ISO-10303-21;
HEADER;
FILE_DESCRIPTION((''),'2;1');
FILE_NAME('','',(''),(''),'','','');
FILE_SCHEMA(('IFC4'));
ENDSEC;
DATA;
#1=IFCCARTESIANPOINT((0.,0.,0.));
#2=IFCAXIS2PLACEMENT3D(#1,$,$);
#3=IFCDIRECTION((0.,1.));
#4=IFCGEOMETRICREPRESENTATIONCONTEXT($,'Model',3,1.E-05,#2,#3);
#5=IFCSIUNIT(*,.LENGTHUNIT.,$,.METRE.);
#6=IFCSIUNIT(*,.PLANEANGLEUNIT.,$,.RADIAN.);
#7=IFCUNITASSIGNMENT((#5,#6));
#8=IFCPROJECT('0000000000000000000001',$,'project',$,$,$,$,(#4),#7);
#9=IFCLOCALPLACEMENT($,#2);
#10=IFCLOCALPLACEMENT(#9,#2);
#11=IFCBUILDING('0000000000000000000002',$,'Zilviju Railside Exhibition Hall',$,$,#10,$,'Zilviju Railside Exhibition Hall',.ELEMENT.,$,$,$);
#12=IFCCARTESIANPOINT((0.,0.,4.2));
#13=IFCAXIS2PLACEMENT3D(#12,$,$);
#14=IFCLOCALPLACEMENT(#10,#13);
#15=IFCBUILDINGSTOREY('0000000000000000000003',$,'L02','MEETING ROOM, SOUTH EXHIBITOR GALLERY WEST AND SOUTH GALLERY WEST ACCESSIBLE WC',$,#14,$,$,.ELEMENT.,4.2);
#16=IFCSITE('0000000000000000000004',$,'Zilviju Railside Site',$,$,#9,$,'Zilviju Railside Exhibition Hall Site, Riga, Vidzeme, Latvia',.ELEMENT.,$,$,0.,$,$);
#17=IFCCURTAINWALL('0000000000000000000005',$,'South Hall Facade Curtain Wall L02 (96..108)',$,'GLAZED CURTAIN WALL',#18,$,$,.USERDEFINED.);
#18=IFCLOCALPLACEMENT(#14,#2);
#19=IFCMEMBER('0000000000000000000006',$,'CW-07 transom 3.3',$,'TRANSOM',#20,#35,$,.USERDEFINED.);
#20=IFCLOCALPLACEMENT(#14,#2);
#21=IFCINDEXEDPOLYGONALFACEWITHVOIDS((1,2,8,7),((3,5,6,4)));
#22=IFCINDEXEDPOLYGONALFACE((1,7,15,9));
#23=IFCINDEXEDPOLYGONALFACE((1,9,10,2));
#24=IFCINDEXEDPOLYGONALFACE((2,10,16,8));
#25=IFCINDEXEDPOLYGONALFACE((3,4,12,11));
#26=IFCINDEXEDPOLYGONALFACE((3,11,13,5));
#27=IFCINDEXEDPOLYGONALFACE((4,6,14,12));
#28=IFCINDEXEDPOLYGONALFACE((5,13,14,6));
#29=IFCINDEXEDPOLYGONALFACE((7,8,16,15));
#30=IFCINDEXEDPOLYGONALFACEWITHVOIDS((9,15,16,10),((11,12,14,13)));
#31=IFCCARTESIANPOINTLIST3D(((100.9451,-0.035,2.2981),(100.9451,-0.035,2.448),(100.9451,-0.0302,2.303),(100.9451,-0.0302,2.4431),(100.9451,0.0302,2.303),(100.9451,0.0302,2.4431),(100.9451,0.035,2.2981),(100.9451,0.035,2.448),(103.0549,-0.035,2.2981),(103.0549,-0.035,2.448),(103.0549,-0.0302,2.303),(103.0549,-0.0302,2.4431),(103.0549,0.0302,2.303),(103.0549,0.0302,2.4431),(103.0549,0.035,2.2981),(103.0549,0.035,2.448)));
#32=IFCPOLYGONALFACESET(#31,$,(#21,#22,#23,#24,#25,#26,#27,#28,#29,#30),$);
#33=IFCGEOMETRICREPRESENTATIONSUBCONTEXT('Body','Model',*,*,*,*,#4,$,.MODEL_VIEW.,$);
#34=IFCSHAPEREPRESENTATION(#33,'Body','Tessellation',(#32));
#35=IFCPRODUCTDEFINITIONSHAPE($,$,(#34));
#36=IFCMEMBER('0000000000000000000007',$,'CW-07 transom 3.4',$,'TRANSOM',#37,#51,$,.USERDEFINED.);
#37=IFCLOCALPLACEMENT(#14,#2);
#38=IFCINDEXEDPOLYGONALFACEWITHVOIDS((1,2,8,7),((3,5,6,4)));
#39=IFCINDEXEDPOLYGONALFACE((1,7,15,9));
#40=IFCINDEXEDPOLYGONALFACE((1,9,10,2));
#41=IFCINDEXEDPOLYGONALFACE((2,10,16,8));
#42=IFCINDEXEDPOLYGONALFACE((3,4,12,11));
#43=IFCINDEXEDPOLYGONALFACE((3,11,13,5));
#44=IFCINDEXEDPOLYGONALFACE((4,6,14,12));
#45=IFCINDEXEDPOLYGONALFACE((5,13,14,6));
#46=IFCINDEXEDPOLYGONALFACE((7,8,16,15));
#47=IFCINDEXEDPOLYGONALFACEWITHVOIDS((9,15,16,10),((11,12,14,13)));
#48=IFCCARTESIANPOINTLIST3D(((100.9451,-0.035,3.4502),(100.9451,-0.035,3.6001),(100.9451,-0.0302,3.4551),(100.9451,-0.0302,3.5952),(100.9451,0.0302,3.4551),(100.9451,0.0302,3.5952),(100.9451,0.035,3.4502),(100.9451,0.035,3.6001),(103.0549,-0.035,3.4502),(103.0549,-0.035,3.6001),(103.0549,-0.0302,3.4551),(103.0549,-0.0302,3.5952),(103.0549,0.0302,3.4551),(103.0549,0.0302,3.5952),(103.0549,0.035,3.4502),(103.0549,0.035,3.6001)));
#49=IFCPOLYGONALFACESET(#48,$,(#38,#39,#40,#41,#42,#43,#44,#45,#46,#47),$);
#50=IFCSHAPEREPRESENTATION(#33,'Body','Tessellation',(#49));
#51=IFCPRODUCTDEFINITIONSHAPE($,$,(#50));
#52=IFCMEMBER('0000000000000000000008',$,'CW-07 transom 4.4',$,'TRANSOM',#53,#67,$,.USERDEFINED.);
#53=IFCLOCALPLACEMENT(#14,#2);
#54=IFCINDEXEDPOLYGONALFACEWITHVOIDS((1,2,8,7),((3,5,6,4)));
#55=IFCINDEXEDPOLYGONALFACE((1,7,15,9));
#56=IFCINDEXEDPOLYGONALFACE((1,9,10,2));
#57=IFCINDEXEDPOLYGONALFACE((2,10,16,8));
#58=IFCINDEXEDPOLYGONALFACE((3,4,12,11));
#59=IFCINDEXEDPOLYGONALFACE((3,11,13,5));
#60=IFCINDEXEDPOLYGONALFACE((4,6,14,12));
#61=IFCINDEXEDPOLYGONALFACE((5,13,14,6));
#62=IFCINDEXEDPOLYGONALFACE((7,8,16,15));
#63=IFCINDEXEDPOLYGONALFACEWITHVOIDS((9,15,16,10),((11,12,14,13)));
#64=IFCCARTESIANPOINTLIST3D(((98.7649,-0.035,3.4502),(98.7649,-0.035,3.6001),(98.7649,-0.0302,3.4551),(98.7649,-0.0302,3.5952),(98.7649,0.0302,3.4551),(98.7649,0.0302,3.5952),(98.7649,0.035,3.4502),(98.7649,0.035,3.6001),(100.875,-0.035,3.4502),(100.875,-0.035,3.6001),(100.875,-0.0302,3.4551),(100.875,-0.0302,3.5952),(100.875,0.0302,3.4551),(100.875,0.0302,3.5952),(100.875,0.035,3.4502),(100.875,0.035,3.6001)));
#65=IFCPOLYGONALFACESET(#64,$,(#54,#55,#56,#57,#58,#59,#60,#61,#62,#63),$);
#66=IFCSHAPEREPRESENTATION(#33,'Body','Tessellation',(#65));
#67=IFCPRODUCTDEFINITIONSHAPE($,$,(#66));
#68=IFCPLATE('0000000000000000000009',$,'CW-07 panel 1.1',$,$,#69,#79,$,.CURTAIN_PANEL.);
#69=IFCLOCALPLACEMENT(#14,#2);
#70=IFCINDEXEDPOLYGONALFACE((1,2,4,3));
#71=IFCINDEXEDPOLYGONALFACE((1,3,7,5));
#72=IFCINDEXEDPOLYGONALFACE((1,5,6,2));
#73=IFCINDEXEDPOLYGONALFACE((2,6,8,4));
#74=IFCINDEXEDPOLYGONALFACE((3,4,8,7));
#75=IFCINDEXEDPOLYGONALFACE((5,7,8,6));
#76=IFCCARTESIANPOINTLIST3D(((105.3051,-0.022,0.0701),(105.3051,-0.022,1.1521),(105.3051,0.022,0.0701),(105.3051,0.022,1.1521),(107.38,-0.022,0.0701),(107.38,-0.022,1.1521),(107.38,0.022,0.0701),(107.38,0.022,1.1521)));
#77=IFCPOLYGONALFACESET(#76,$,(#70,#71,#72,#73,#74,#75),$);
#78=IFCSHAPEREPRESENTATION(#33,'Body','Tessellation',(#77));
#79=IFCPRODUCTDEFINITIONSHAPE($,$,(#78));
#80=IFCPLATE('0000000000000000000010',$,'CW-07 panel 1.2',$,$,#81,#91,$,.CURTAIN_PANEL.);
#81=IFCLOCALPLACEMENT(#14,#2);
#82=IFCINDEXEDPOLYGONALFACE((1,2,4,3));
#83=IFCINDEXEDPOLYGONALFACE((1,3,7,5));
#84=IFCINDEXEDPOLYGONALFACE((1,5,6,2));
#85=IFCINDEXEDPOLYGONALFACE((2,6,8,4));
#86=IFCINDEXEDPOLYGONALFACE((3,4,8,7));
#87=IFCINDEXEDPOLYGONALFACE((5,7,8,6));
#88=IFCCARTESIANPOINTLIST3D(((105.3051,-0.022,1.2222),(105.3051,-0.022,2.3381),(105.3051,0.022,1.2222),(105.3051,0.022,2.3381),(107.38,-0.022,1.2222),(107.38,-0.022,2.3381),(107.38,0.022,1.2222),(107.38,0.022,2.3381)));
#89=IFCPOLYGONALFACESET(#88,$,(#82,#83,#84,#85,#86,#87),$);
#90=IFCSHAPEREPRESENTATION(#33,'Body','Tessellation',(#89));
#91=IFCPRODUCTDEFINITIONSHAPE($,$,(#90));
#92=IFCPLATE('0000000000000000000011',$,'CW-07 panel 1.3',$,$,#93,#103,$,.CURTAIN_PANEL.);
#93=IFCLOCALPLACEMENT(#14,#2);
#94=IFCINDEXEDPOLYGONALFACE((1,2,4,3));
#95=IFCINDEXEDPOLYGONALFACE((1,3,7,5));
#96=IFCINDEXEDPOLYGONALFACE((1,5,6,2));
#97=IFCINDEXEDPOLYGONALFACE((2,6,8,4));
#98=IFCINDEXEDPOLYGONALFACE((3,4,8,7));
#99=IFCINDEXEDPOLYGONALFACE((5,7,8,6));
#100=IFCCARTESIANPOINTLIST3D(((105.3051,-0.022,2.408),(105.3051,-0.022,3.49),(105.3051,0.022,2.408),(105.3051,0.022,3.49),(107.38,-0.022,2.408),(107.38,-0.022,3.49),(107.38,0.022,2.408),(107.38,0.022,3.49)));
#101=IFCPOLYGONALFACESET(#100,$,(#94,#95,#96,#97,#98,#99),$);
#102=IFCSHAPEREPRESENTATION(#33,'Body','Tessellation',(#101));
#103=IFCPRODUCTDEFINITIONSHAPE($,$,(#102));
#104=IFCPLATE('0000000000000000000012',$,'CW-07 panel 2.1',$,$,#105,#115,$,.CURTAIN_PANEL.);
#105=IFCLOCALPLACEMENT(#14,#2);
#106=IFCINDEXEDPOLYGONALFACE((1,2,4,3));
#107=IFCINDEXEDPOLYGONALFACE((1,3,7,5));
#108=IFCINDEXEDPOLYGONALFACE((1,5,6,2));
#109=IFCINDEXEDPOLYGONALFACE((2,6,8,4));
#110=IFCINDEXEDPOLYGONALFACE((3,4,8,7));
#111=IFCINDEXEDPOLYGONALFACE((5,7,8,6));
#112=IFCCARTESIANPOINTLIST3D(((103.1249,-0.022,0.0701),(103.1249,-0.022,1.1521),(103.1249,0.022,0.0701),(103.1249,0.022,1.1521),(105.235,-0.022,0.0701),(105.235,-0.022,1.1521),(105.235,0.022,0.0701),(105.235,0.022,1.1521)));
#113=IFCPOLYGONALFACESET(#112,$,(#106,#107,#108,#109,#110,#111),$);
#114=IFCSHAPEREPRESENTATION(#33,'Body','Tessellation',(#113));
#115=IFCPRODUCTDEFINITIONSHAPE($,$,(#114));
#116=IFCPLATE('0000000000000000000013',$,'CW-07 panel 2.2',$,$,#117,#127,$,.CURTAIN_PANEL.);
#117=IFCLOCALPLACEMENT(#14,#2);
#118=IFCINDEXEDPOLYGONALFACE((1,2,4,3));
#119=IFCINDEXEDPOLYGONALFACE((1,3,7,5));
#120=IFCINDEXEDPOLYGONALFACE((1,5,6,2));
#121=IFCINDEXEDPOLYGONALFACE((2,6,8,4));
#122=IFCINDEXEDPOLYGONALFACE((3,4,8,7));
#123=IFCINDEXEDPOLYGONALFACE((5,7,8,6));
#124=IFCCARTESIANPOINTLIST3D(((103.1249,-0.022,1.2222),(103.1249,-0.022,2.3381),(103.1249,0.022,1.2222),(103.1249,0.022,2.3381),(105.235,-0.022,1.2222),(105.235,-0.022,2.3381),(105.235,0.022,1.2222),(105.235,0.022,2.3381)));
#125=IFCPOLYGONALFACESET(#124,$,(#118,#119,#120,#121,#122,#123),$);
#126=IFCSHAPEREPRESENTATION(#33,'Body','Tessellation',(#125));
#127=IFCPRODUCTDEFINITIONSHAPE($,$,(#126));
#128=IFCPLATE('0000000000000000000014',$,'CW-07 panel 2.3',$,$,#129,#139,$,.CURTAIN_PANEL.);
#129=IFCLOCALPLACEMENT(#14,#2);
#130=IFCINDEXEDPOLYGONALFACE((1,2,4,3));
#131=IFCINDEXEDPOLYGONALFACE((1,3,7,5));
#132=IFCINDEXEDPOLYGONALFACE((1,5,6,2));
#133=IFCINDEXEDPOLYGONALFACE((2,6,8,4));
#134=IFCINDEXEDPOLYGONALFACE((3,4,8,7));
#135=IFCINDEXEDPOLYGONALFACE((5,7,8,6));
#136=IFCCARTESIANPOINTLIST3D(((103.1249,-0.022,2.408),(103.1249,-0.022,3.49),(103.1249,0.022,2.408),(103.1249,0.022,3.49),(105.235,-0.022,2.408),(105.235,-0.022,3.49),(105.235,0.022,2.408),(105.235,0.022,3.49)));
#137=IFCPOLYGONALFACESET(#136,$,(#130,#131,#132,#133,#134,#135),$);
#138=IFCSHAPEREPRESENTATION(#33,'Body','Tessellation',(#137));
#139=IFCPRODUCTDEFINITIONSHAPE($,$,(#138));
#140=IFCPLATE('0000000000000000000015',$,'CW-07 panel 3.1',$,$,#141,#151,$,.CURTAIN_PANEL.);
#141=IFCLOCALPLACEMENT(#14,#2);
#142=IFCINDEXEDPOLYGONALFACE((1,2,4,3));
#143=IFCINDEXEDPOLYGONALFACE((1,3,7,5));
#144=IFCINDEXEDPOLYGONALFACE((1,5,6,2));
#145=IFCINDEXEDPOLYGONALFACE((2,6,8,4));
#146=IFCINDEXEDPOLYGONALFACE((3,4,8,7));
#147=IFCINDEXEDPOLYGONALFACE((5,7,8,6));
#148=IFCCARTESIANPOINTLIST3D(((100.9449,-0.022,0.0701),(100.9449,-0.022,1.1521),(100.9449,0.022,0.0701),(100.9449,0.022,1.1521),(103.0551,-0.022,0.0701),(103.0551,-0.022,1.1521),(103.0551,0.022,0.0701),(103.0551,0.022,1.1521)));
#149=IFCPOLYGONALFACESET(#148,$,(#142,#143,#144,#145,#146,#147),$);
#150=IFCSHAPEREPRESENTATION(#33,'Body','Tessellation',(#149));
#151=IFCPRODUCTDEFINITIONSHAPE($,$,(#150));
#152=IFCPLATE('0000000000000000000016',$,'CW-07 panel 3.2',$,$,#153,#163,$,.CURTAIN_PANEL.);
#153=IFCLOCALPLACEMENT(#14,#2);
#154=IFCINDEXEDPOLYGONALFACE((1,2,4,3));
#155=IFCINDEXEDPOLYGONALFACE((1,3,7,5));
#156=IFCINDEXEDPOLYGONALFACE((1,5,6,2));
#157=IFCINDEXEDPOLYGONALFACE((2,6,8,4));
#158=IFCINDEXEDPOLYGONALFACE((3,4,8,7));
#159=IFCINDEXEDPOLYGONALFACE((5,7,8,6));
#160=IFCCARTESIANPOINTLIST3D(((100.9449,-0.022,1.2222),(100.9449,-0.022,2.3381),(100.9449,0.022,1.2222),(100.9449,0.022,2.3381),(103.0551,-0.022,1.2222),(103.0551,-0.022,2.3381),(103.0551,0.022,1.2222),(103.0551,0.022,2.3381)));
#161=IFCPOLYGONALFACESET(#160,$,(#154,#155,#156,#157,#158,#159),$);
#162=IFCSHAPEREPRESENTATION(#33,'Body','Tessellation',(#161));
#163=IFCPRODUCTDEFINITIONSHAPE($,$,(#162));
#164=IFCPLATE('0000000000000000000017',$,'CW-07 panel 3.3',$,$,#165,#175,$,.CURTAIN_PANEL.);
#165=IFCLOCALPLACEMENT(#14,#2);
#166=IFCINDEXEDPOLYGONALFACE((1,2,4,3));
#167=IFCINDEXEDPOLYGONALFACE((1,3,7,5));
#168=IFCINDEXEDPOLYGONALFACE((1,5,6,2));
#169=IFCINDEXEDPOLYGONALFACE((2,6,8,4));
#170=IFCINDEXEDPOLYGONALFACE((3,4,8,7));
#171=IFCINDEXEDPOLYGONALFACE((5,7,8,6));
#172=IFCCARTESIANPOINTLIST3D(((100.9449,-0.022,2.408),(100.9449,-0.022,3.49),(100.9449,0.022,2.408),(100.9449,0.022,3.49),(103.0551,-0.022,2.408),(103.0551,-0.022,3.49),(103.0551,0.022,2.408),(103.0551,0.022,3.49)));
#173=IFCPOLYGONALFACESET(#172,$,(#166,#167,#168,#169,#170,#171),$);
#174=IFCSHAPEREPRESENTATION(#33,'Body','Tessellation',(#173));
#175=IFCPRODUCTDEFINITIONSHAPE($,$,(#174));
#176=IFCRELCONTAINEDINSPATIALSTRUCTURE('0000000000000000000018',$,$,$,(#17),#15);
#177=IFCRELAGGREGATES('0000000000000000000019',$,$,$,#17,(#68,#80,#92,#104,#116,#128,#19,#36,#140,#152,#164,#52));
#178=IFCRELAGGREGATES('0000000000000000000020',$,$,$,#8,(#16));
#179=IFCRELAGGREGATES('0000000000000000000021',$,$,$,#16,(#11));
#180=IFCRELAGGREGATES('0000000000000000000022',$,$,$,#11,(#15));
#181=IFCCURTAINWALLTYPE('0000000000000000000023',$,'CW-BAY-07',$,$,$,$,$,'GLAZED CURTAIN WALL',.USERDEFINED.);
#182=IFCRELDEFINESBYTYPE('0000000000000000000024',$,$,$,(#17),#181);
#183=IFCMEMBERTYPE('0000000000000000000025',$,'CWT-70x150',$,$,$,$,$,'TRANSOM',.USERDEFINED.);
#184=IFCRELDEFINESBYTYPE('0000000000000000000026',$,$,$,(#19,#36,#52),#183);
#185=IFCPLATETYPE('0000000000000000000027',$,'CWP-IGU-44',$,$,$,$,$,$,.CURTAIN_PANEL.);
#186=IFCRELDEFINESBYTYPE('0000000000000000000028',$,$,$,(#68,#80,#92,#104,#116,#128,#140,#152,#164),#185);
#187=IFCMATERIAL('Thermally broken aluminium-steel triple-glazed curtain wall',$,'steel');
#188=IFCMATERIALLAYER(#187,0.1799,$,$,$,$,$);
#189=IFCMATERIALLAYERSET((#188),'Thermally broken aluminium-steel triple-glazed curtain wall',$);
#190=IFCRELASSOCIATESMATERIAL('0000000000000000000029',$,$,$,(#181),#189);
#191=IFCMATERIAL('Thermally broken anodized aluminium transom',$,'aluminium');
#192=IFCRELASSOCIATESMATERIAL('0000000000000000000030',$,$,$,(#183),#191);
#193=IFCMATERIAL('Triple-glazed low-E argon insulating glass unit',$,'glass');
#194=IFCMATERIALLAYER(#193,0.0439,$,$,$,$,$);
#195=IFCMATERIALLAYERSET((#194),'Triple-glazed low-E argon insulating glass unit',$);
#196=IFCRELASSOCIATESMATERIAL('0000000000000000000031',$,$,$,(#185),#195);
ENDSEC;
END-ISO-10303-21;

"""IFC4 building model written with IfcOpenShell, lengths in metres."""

from ifc_helpers import new_model, si_unit, direction, frame, origin, origin_2d, place, context, subcontext, project, spatial, rectangle, hollow_rectangle, extrude, material, layer, layer_set, material_profile, profile_set, type_object, element, aggregate, save


model = new_model("IFC4")

# Units and contexts
model_context = context("Model", 3, precision=1e-05, world=origin(), true_north=direction((0.0, 1.0)))
body_context = subcontext(model_context, "Body", "Model", "MODEL_VIEW")
ifc_project = project(units=[si_unit("LENGTHUNIT", "METRE"), si_unit("PLANEANGLEUNIT", "RADIAN")], contexts=[model_context])

# Site, building, storey
site_placement = place(None, origin())
site = spatial("IfcSite", under=ifc_project, at=site_placement, Name="Zilviju Railside Site", LongName="Zilviju Railside Exhibition Hall Site, Riga, Vidzeme, Latvia", CompositionType="ELEMENT", RefElevation=0.0)
building_placement = place(site_placement, origin())
building = spatial("IfcBuilding", under=site, at=building_placement, Name="Zilviju Railside Exhibition Hall", LongName="Zilviju Railside Exhibition Hall", CompositionType="ELEMENT")
storey_placement = place(building_placement, frame((0.0, 0.0, 4.2)))
storey = spatial("IfcBuildingStorey", under=building, at=storey_placement, Name="L02", Description="MEETING ROOM, SOUTH EXHIBITOR GALLERY WEST AND SOUTH GALLERY WEST ACCESSIBLE WC", CompositionType="ELEMENT", Elevation=4.2)

# Curtain wall, members, plates
ifc_material_1 = material(Name="Thermally broken aluminium-steel triple-glazed curtain wall", Category="steel")
ifc_layer_1 = layer(ifc_material_1, 0.1799)
ifc_layer_set_1 = layer_set([ifc_layer_1], Name="Thermally broken aluminium-steel triple-glazed curtain wall")
curtain_wall_type = type_object("IfcCurtainWallType", Name="CW-BAY-07", ElementType="GLAZED CURTAIN WALL", PredefinedType="USERDEFINED", material=ifc_layer_set_1)
curtain_wall_placement = place(storey_placement, origin())
curtain_wall = element("IfcCurtainWall", 1, at=curtain_wall_placement, inside=storey, type_object=curtain_wall_type, Name="South Hall Facade Curtain Wall L02 (96..108)", ObjectType="GLAZED CURTAIN WALL", PredefinedType="USERDEFINED")
ifc_material_2 = material(Name="Thermally broken anodized aluminium transom", Category="aluminium")
ifc_material_profile_1 = material_profile(ifc_material_2, hollow_rectangle(XDim=0.0701, YDim=0.1499, WallThickness=0.0049, at=origin_2d()), Name="TRANSOM 150x70x5")
ifc_profile_set_1 = profile_set([ifc_material_profile_1], Name="Thermally broken anodized aluminium transom")
member_type_1 = type_object("IfcMemberType", Name="CWT-70x150", ElementType="TRANSOM", PredefinedType="USERDEFINED", material=ifc_profile_set_1)
member_1_placement = place(storey_placement, frame((103.0549, 0.0, 2.373), z_axis=(-1.0, 0.0, 0.0), x_axis=(0.0, -1.0, 0.0)))
member_1 = element("IfcMember", 2, at=member_1_placement, type_object=member_type_1, Name="CW-07 transom 3.3", ObjectType="TRANSOM", PredefinedType="USERDEFINED", context=body_context, shape_type="SweptSolid", body=[
    extrude(hollow_rectangle(XDim=0.0701, YDim=0.1499, WallThickness=0.0049, at=origin_2d()), origin(), (0.0, 0.0, 1.0), 2.1099),
])
member_2_placement = place(storey_placement, frame((103.0549, 0.0, 3.5251), z_axis=(-1.0, 0.0, 0.0), x_axis=(0.0, -1.0, 0.0)))
member_2 = element("IfcMember", 3, at=member_2_placement, type_object=member_type_1, Name="CW-07 transom 3.4", ObjectType="TRANSOM", PredefinedType="USERDEFINED", context=body_context, shape_type="SweptSolid", body=[
    extrude(hollow_rectangle(XDim=0.0701, YDim=0.1499, WallThickness=0.0049, at=origin_2d()), origin(), (0.0, 0.0, 1.0), 2.1099),
])
member_3_placement = place(storey_placement, frame((100.875, 0.0, 3.5251), z_axis=(-1.0, 0.0, 0.0), x_axis=(0.0, -1.0, 0.0)))
member_3 = element("IfcMember", 4, at=member_3_placement, type_object=member_type_1, Name="CW-07 transom 4.4", ObjectType="TRANSOM", PredefinedType="USERDEFINED", context=body_context, shape_type="SweptSolid", body=[
    extrude(hollow_rectangle(XDim=0.0701, YDim=0.1499, WallThickness=0.0049, at=origin_2d()), origin(), (0.0, 0.0, 1.0), 2.1101),
])
ifc_material_3 = material(Name="Triple-glazed low-E argon insulating glass unit", Category="glass")
ifc_layer_2 = layer(ifc_material_3, 0.0439)
ifc_layer_set_2 = layer_set([ifc_layer_2], Name="Triple-glazed low-E argon insulating glass unit")
plate_type = type_object("IfcPlateType", Name="CWP-IGU-44", PredefinedType="CURTAIN_PANEL", material=ifc_layer_set_2)
plate_1_placement = place(storey_placement, frame((106.3425, 0.0, 0.0701), z_axis=(0.0, 0.0, 1.0), x_axis=(-1.0, 0.0, 0.0)))
plate_1 = element("IfcPlate", 5, at=plate_1_placement, type_object=plate_type, Name="CW-07 panel 1.1", PredefinedType="CURTAIN_PANEL", context=body_context, shape_type="SweptSolid", body=[
    extrude(rectangle(XDim=2.075, YDim=0.0439, at=origin_2d()), origin(), (0.0, 0.0, 1.0), 1.082),
])
plate_2_placement = place(storey_placement, frame((106.3425, 0.0, 1.2222), z_axis=(0.0, 0.0, 1.0), x_axis=(-1.0, 0.0, 0.0)))
plate_2 = element("IfcPlate", 6, at=plate_2_placement, type_object=plate_type, Name="CW-07 panel 1.2", PredefinedType="CURTAIN_PANEL", context=body_context, shape_type="SweptSolid", body=[
    extrude(rectangle(XDim=2.075, YDim=0.0439, at=origin_2d()), origin(), (0.0, 0.0, 1.0), 1.116),
])
plate_3_placement = place(storey_placement, frame((106.3425, 0.0, 2.408), z_axis=(0.0, 0.0, 1.0), x_axis=(-1.0, 0.0, 0.0)))
plate_3 = element("IfcPlate", 7, at=plate_3_placement, type_object=plate_type, Name="CW-07 panel 1.3", PredefinedType="CURTAIN_PANEL", context=body_context, shape_type="SweptSolid", body=[
    extrude(rectangle(XDim=2.075, YDim=0.0439, at=origin_2d()), origin(), (0.0, 0.0, 1.0), 1.082),
])
plate_4_placement = place(storey_placement, frame((104.1799, 0.0, 0.0701), z_axis=(0.0, 0.0, 1.0), x_axis=(-1.0, 0.0, 0.0)))
plate_4 = element("IfcPlate", 8, at=plate_4_placement, type_object=plate_type, Name="CW-07 panel 2.1", PredefinedType="CURTAIN_PANEL", context=body_context, shape_type="SweptSolid", body=[
    extrude(rectangle(XDim=2.1101, YDim=0.0439, at=origin_2d()), origin(), (0.0, 0.0, 1.0), 1.082),
])
plate_5_placement = place(storey_placement, frame((104.1799, 0.0, 1.2222), z_axis=(0.0, 0.0, 1.0), x_axis=(-1.0, 0.0, 0.0)))
plate_5 = element("IfcPlate", 9, at=plate_5_placement, type_object=plate_type, Name="CW-07 panel 2.2", PredefinedType="CURTAIN_PANEL", context=body_context, shape_type="SweptSolid", body=[
    extrude(rectangle(XDim=2.1101, YDim=0.0439, at=origin_2d()), origin(), (0.0, 0.0, 1.0), 1.116),
])
plate_6_placement = place(storey_placement, frame((104.1799, 0.0, 2.408), z_axis=(0.0, 0.0, 1.0), x_axis=(-1.0, 0.0, 0.0)))
plate_6 = element("IfcPlate", 10, at=plate_6_placement, type_object=plate_type, Name="CW-07 panel 2.3", PredefinedType="CURTAIN_PANEL", context=body_context, shape_type="SweptSolid", body=[
    extrude(rectangle(XDim=2.1101, YDim=0.0439, at=origin_2d()), origin(), (0.0, 0.0, 1.0), 1.082),
])
plate_7_placement = place(storey_placement, frame((102.0, 0.0, 0.0701), z_axis=(0.0, 0.0, 1.0), x_axis=(-1.0, 0.0, 0.0)))
plate_7 = element("IfcPlate", 11, at=plate_7_placement, type_object=plate_type, Name="CW-07 panel 3.1", PredefinedType="CURTAIN_PANEL", context=body_context, shape_type="SweptSolid", body=[
    extrude(rectangle(XDim=2.1101, YDim=0.0439, at=origin_2d()), origin(), (0.0, 0.0, 1.0), 1.082),
])
plate_8_placement = place(storey_placement, frame((102.0, 0.0, 1.2222), z_axis=(0.0, 0.0, 1.0), x_axis=(-1.0, 0.0, 0.0)))
plate_8 = element("IfcPlate", 12, at=plate_8_placement, type_object=plate_type, Name="CW-07 panel 3.2", PredefinedType="CURTAIN_PANEL", context=body_context, shape_type="SweptSolid", body=[
    extrude(rectangle(XDim=2.1101, YDim=0.0439, at=origin_2d()), origin(), (0.0, 0.0, 1.0), 1.116),
])
plate_9_placement = place(storey_placement, frame((102.0, 0.0, 2.408), z_axis=(0.0, 0.0, 1.0), x_axis=(-1.0, 0.0, 0.0)))
plate_9 = element("IfcPlate", 13, at=plate_9_placement, type_object=plate_type, Name="CW-07 panel 3.3", PredefinedType="CURTAIN_PANEL", context=body_context, shape_type="SweptSolid", body=[
    extrude(rectangle(XDim=2.1101, YDim=0.0439, at=origin_2d()), origin(), (0.0, 0.0, 1.0), 1.082),
])
aggregate(curtain_wall, [plate_1, plate_2, plate_3, plate_4, plate_5, plate_6, member_1, member_2, plate_7, plate_8, plate_9, member_3])

save(model, "model.ifc")
